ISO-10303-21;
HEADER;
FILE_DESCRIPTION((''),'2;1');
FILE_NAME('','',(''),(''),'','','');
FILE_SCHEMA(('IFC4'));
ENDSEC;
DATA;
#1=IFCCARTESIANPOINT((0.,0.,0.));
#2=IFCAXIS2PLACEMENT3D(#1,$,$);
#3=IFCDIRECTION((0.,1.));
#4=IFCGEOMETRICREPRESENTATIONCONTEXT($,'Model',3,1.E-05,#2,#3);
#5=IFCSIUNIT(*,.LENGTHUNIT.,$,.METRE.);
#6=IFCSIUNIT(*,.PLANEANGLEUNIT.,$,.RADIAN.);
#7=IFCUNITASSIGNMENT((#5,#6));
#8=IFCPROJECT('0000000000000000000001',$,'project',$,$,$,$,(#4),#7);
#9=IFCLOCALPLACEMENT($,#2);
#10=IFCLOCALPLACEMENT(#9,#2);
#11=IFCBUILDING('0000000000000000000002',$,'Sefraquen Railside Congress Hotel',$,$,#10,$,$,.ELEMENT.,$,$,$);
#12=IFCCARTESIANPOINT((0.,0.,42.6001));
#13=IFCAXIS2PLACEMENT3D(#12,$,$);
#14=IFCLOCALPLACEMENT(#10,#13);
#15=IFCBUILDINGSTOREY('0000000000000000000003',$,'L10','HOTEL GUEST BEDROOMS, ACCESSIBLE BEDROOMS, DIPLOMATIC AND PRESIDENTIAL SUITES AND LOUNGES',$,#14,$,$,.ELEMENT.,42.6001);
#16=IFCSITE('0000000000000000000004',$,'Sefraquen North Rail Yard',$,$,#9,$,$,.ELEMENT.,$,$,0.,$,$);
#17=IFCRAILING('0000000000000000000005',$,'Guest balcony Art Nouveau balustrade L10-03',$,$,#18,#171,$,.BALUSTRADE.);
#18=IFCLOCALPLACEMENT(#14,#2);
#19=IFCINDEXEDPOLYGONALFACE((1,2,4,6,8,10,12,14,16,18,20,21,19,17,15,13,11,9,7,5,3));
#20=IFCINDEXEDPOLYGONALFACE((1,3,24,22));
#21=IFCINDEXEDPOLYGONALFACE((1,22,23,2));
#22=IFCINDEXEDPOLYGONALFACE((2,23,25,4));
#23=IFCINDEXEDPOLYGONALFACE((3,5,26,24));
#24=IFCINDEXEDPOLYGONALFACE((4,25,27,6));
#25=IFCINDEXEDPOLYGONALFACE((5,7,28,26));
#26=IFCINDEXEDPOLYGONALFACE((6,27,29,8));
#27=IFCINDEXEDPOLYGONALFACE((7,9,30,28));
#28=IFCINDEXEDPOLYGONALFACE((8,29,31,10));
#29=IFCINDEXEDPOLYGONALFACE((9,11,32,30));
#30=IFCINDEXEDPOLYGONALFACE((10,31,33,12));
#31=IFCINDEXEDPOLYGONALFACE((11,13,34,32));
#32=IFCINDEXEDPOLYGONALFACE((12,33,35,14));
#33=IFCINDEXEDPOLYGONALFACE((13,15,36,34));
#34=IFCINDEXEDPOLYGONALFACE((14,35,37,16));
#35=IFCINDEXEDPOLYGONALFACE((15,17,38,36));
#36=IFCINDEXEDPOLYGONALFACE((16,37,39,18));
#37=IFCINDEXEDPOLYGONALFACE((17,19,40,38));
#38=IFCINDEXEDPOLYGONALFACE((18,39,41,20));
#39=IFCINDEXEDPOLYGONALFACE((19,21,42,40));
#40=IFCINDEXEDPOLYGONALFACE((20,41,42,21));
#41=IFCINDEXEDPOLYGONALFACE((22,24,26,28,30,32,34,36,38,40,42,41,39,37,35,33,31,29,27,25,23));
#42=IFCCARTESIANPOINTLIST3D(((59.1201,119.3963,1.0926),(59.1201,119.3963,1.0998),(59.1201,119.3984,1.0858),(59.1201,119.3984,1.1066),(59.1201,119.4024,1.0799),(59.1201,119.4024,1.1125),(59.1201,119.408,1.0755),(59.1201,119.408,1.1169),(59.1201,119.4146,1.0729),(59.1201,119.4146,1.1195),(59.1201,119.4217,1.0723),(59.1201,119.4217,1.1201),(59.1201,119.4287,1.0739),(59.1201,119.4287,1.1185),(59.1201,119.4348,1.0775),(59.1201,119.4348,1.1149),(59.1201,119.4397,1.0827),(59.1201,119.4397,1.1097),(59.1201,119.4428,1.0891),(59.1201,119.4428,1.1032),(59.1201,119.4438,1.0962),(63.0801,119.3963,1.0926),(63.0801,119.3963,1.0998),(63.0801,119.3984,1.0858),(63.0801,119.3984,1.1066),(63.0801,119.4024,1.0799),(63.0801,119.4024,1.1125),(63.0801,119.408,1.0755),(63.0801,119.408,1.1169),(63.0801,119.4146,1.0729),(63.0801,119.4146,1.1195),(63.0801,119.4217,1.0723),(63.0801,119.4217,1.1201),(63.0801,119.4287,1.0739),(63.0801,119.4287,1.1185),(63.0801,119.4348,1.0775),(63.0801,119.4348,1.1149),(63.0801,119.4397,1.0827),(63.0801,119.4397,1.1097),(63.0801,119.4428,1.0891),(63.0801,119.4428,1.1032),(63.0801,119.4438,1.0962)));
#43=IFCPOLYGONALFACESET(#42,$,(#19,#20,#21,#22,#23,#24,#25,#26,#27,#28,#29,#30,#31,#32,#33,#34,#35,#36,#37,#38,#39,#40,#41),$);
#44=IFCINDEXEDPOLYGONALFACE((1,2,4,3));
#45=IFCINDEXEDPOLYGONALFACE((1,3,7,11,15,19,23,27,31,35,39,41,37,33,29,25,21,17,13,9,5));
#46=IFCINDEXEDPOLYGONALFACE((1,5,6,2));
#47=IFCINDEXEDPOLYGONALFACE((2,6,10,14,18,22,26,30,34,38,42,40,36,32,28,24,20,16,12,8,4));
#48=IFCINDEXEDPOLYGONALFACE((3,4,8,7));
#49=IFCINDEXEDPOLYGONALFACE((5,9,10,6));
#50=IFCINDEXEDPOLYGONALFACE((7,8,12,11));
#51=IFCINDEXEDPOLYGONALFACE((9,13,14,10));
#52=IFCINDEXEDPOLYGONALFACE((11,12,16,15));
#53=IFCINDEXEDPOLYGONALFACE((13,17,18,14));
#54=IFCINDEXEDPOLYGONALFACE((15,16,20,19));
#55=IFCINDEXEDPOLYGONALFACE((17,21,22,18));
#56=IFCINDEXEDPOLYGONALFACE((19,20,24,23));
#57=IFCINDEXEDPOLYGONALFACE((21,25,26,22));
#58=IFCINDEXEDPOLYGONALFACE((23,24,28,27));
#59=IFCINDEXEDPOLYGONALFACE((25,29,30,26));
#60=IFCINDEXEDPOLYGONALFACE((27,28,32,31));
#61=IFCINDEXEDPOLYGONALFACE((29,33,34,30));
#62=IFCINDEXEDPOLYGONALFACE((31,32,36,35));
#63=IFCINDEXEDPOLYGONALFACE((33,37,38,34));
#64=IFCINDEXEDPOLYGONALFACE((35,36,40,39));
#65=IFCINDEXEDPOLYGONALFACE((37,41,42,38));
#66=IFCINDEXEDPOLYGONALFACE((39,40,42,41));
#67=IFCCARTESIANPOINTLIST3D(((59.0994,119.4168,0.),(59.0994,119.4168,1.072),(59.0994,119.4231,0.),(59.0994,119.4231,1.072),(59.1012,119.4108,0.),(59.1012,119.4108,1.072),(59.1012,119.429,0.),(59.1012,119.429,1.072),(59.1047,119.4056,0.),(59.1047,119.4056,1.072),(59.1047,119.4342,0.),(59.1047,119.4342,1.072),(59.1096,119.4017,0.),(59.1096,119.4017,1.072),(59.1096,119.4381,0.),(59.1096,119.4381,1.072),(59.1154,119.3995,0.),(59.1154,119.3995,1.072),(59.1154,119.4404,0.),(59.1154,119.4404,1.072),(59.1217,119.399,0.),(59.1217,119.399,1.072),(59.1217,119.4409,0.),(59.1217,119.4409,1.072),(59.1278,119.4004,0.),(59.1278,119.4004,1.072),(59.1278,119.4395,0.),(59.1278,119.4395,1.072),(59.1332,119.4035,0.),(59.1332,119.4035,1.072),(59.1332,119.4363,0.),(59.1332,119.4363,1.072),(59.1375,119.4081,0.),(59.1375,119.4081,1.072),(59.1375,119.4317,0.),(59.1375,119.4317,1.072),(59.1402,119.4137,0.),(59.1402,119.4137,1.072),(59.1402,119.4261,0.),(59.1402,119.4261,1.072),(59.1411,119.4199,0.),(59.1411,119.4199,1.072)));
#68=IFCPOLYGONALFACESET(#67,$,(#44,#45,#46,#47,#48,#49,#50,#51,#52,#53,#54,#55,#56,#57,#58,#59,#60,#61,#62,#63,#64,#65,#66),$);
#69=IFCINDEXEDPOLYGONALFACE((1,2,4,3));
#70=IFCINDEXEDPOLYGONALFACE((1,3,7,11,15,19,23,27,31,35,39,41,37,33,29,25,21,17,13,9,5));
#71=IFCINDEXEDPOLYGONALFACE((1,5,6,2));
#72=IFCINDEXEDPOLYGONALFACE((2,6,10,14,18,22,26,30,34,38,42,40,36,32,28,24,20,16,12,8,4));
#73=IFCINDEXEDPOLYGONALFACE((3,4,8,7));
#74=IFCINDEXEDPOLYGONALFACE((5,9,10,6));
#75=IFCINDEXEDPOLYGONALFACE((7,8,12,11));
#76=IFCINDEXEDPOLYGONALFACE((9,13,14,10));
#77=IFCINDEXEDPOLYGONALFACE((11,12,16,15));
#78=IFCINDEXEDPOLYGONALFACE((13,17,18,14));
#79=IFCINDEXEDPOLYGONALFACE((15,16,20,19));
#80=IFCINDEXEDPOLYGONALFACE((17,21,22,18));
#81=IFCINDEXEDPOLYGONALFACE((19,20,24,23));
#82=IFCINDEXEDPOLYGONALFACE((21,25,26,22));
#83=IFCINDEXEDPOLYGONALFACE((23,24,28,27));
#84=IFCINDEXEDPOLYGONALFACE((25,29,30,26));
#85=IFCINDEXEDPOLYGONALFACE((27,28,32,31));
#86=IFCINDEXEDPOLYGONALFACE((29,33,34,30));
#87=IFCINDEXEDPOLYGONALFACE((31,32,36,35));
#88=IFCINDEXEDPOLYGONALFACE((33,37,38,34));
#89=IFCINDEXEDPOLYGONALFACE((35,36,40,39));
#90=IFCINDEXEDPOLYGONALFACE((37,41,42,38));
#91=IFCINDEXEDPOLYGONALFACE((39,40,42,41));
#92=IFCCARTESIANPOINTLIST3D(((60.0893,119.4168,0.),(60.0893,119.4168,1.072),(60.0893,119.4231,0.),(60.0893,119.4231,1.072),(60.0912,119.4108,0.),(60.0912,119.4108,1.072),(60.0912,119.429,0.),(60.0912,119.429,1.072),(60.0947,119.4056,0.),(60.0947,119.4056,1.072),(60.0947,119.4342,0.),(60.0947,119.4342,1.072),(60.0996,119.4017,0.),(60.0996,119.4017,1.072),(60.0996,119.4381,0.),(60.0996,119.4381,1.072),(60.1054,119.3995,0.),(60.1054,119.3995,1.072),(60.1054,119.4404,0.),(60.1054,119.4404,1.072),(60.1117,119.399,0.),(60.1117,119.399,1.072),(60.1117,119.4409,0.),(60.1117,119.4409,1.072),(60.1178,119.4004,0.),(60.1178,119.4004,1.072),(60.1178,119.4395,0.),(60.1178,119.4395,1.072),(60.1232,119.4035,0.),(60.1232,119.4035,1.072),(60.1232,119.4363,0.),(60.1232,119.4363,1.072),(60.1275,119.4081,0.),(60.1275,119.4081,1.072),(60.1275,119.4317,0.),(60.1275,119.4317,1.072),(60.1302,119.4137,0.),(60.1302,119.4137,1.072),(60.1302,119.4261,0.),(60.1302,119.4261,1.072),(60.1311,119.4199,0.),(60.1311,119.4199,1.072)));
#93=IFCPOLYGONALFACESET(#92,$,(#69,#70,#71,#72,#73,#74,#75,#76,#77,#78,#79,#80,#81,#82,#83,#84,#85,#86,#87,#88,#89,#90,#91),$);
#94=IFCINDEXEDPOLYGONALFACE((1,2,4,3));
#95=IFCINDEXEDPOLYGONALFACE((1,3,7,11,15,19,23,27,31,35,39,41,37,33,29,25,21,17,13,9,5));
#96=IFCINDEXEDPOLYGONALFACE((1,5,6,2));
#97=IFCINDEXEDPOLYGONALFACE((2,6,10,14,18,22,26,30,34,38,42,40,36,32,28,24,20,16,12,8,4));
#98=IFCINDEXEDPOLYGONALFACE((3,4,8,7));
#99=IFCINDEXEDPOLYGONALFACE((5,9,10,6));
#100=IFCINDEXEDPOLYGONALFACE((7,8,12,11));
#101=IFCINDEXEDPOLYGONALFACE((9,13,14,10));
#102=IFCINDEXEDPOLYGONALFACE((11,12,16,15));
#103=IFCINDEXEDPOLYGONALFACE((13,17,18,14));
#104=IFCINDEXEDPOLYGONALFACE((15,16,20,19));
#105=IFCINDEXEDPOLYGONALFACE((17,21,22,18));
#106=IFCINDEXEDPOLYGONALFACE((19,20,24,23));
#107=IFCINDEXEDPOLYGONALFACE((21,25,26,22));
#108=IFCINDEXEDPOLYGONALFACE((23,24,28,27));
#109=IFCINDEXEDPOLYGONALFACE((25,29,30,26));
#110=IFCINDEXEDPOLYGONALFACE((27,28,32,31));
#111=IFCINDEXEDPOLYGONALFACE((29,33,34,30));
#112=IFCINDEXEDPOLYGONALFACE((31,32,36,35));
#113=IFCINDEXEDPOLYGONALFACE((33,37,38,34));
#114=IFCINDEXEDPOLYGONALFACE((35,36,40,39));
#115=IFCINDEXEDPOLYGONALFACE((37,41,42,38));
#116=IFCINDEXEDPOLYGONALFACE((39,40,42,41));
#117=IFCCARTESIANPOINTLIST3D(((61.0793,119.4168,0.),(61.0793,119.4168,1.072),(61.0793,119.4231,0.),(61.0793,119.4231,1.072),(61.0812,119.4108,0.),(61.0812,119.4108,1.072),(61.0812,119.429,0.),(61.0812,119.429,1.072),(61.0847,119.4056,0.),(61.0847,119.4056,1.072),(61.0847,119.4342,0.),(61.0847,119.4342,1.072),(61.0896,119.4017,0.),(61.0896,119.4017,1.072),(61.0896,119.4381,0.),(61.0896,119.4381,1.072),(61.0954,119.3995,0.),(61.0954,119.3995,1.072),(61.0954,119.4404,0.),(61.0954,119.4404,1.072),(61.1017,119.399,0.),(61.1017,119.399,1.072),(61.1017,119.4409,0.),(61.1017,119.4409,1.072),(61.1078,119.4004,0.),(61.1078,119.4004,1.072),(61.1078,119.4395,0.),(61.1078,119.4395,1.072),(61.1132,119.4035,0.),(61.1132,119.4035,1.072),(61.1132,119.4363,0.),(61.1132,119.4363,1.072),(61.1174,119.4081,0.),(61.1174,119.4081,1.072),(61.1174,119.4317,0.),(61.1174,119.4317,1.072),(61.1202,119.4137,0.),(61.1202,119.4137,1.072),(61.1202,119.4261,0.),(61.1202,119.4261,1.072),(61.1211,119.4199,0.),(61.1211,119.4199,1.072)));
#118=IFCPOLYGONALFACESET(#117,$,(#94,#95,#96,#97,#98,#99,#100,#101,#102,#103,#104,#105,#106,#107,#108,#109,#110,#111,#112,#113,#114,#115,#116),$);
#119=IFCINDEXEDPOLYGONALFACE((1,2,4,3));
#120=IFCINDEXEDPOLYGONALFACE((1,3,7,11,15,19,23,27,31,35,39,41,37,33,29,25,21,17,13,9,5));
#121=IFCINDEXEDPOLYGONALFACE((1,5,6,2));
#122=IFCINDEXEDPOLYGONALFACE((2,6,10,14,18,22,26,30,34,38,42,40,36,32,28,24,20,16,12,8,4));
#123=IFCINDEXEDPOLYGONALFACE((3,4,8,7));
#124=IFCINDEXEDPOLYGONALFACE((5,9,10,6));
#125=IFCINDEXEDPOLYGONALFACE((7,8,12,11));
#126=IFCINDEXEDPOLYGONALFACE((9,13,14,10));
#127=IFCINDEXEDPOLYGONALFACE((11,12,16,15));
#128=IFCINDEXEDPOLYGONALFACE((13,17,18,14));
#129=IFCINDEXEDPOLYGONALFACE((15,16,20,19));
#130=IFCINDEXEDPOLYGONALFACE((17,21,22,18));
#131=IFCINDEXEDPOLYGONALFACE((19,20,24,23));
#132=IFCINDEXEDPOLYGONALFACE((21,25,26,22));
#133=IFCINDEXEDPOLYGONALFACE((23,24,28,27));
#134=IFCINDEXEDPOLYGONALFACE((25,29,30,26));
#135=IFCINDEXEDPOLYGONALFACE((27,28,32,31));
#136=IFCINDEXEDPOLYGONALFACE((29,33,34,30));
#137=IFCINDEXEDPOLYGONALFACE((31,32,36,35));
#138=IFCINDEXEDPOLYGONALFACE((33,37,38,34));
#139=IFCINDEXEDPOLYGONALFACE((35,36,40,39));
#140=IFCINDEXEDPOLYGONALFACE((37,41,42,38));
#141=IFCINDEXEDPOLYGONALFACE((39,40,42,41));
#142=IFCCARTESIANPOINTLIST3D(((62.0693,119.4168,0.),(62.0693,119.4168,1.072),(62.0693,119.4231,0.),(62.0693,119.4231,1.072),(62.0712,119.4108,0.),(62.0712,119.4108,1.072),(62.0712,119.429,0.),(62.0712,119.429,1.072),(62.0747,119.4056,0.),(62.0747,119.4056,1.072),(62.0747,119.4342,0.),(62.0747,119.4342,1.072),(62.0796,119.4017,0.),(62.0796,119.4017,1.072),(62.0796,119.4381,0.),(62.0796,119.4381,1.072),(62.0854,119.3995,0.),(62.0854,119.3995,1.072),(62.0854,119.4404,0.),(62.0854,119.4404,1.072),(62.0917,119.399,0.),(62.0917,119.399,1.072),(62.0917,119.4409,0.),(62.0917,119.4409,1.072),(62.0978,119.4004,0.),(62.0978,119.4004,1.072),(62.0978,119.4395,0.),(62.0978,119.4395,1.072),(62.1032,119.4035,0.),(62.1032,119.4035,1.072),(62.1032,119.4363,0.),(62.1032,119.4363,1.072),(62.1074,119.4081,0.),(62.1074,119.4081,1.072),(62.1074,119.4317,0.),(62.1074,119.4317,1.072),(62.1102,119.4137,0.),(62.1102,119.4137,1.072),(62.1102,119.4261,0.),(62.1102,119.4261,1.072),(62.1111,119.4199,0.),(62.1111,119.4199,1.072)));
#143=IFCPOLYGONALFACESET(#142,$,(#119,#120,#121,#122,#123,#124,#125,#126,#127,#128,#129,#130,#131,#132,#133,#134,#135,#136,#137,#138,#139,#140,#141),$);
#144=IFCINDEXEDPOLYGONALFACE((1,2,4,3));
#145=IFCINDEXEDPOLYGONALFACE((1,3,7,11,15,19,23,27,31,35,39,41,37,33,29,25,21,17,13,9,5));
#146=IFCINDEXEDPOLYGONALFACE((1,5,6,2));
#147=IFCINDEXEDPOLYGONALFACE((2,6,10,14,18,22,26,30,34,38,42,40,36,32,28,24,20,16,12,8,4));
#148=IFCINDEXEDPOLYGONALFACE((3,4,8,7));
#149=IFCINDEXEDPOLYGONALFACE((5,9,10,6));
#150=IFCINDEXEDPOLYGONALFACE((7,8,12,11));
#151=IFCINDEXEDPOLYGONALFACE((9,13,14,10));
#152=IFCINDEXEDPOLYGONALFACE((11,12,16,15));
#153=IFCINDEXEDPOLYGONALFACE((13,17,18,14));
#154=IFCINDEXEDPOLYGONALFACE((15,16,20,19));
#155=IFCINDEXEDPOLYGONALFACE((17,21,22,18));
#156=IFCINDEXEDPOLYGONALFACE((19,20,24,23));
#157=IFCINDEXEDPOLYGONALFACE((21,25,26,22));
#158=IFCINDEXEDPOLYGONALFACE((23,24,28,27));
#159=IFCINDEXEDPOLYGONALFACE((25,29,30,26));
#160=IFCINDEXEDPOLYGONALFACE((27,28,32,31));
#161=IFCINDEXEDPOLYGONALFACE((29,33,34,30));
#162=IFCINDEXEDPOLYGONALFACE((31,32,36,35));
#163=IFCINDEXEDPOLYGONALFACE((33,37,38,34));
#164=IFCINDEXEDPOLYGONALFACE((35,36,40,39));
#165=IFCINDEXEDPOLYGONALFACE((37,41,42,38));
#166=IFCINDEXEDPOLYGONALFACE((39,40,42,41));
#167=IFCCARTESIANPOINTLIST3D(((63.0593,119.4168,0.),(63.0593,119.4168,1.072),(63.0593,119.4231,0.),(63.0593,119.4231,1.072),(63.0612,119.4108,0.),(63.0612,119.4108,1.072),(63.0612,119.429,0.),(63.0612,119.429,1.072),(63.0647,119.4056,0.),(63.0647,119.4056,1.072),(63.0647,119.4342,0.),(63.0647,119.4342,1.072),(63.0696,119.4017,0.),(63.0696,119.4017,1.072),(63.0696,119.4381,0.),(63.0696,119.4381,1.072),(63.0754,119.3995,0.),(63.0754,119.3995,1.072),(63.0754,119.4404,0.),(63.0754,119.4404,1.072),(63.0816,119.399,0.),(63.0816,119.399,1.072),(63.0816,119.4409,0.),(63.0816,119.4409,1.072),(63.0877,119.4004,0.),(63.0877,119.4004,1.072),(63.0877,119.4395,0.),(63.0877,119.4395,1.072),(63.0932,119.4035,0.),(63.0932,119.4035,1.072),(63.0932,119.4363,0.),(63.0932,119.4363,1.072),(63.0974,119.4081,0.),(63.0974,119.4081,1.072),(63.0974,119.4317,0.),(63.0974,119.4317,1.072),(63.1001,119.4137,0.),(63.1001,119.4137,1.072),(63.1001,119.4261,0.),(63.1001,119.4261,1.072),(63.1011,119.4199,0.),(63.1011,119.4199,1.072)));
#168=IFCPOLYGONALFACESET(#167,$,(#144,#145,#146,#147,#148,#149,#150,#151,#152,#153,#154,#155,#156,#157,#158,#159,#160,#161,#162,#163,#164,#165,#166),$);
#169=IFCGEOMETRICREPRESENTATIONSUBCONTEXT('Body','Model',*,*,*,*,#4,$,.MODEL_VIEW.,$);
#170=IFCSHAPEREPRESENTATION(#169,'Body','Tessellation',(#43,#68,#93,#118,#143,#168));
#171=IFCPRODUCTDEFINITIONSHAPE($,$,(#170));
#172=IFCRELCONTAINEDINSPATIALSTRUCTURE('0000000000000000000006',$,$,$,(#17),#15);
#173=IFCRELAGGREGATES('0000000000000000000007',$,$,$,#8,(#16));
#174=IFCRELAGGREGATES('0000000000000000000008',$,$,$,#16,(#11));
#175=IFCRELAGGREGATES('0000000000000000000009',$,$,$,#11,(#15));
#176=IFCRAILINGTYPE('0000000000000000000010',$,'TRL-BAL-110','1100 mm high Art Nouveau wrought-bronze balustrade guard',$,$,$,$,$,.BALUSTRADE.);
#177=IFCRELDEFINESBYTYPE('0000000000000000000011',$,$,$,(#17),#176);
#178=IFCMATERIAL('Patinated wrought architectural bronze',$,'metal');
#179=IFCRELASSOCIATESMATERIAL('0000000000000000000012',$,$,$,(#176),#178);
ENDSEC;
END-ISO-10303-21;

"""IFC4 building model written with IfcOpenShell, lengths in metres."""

from ifc_helpers import new_model, si_unit, direction, frame, origin, origin_2d, place, context, subcontext, project, spatial, circle, extrude, material, type_object, element, save


model = new_model("IFC4")

# Units and contexts
model_context = context("Model", 3, precision=1e-05, world=origin(), true_north=direction((0.0, 1.0)))
body_context = subcontext(model_context, "Body", "Model", "MODEL_VIEW")
ifc_project = project(units=[si_unit("LENGTHUNIT", "METRE"), si_unit("PLANEANGLEUNIT", "RADIAN")], contexts=[model_context])

# Site, building, storey
site_placement = place(None, origin())
site = spatial("IfcSite", under=ifc_project, at=site_placement, Name="Sefraquen North Rail Yard", CompositionType="ELEMENT", RefElevation=0.0)
building_placement = place(site_placement, origin())
building = spatial("IfcBuilding", under=site, at=building_placement, Name="Sefraquen Railside Congress Hotel", CompositionType="ELEMENT")
storey_placement = place(building_placement, frame((0.0, 0.0, 42.6001)))
storey = spatial("IfcBuildingStorey", under=building, at=storey_placement, Name="L10", Description="HOTEL GUEST BEDROOMS, ACCESSIBLE BEDROOMS, DIPLOMATIC AND PRESIDENTIAL SUITES AND LOUNGES", CompositionType="ELEMENT", Elevation=42.6001)

# Railing
ifc_material_1 = material(Name="Patinated wrought architectural bronze", Category="metal")
railing_type = type_object("IfcRailingType", Name="TRL-BAL-110", Description="1100 mm high Art Nouveau wrought-bronze balustrade guard", PredefinedType="BALUSTRADE", material=ifc_material_1)
railing_1_placement = place(storey_placement, frame((59.1201, 119.4199, 0.0)))
element("IfcRailing", 1, at=railing_1_placement, inside=storey, type_object=railing_type, Name="Guest balcony Art Nouveau balustrade L10-03", PredefinedType="BALUSTRADE", context=body_context, shape_type="SweptSolid", body=[
    extrude(circle(Radius=0.0239, at=origin_2d()), frame((0.0, 0.0, 1.0962), z_axis=(1.0, 0.0, 0.0), x_axis=(0.0, 1.0, 0.0)), (0.0, 0.0, 1.0), 3.96),
    extrude(circle(Radius=0.021, at=origin_2d()), origin(), (0.0, 0.0, 1.0), 1.072),
    extrude(circle(Radius=0.021, at=origin_2d()), frame((0.99, 0.0, 0.0)), (0.0, 0.0, 1.0), 1.072),
    extrude(circle(Radius=0.021, at=origin_2d()), frame((1.98, 0.0, 0.0)), (0.0, 0.0, 1.0), 1.072),
    extrude(circle(Radius=0.021, at=origin_2d()), frame((2.97, 0.0, 0.0)), (0.0, 0.0, 1.0), 1.072),
    extrude(circle(Radius=0.021, at=origin_2d()), frame((3.96, 0.0, 0.0)), (0.0, 0.0, 1.0), 1.072),
])

save(model, "model.ifc")
